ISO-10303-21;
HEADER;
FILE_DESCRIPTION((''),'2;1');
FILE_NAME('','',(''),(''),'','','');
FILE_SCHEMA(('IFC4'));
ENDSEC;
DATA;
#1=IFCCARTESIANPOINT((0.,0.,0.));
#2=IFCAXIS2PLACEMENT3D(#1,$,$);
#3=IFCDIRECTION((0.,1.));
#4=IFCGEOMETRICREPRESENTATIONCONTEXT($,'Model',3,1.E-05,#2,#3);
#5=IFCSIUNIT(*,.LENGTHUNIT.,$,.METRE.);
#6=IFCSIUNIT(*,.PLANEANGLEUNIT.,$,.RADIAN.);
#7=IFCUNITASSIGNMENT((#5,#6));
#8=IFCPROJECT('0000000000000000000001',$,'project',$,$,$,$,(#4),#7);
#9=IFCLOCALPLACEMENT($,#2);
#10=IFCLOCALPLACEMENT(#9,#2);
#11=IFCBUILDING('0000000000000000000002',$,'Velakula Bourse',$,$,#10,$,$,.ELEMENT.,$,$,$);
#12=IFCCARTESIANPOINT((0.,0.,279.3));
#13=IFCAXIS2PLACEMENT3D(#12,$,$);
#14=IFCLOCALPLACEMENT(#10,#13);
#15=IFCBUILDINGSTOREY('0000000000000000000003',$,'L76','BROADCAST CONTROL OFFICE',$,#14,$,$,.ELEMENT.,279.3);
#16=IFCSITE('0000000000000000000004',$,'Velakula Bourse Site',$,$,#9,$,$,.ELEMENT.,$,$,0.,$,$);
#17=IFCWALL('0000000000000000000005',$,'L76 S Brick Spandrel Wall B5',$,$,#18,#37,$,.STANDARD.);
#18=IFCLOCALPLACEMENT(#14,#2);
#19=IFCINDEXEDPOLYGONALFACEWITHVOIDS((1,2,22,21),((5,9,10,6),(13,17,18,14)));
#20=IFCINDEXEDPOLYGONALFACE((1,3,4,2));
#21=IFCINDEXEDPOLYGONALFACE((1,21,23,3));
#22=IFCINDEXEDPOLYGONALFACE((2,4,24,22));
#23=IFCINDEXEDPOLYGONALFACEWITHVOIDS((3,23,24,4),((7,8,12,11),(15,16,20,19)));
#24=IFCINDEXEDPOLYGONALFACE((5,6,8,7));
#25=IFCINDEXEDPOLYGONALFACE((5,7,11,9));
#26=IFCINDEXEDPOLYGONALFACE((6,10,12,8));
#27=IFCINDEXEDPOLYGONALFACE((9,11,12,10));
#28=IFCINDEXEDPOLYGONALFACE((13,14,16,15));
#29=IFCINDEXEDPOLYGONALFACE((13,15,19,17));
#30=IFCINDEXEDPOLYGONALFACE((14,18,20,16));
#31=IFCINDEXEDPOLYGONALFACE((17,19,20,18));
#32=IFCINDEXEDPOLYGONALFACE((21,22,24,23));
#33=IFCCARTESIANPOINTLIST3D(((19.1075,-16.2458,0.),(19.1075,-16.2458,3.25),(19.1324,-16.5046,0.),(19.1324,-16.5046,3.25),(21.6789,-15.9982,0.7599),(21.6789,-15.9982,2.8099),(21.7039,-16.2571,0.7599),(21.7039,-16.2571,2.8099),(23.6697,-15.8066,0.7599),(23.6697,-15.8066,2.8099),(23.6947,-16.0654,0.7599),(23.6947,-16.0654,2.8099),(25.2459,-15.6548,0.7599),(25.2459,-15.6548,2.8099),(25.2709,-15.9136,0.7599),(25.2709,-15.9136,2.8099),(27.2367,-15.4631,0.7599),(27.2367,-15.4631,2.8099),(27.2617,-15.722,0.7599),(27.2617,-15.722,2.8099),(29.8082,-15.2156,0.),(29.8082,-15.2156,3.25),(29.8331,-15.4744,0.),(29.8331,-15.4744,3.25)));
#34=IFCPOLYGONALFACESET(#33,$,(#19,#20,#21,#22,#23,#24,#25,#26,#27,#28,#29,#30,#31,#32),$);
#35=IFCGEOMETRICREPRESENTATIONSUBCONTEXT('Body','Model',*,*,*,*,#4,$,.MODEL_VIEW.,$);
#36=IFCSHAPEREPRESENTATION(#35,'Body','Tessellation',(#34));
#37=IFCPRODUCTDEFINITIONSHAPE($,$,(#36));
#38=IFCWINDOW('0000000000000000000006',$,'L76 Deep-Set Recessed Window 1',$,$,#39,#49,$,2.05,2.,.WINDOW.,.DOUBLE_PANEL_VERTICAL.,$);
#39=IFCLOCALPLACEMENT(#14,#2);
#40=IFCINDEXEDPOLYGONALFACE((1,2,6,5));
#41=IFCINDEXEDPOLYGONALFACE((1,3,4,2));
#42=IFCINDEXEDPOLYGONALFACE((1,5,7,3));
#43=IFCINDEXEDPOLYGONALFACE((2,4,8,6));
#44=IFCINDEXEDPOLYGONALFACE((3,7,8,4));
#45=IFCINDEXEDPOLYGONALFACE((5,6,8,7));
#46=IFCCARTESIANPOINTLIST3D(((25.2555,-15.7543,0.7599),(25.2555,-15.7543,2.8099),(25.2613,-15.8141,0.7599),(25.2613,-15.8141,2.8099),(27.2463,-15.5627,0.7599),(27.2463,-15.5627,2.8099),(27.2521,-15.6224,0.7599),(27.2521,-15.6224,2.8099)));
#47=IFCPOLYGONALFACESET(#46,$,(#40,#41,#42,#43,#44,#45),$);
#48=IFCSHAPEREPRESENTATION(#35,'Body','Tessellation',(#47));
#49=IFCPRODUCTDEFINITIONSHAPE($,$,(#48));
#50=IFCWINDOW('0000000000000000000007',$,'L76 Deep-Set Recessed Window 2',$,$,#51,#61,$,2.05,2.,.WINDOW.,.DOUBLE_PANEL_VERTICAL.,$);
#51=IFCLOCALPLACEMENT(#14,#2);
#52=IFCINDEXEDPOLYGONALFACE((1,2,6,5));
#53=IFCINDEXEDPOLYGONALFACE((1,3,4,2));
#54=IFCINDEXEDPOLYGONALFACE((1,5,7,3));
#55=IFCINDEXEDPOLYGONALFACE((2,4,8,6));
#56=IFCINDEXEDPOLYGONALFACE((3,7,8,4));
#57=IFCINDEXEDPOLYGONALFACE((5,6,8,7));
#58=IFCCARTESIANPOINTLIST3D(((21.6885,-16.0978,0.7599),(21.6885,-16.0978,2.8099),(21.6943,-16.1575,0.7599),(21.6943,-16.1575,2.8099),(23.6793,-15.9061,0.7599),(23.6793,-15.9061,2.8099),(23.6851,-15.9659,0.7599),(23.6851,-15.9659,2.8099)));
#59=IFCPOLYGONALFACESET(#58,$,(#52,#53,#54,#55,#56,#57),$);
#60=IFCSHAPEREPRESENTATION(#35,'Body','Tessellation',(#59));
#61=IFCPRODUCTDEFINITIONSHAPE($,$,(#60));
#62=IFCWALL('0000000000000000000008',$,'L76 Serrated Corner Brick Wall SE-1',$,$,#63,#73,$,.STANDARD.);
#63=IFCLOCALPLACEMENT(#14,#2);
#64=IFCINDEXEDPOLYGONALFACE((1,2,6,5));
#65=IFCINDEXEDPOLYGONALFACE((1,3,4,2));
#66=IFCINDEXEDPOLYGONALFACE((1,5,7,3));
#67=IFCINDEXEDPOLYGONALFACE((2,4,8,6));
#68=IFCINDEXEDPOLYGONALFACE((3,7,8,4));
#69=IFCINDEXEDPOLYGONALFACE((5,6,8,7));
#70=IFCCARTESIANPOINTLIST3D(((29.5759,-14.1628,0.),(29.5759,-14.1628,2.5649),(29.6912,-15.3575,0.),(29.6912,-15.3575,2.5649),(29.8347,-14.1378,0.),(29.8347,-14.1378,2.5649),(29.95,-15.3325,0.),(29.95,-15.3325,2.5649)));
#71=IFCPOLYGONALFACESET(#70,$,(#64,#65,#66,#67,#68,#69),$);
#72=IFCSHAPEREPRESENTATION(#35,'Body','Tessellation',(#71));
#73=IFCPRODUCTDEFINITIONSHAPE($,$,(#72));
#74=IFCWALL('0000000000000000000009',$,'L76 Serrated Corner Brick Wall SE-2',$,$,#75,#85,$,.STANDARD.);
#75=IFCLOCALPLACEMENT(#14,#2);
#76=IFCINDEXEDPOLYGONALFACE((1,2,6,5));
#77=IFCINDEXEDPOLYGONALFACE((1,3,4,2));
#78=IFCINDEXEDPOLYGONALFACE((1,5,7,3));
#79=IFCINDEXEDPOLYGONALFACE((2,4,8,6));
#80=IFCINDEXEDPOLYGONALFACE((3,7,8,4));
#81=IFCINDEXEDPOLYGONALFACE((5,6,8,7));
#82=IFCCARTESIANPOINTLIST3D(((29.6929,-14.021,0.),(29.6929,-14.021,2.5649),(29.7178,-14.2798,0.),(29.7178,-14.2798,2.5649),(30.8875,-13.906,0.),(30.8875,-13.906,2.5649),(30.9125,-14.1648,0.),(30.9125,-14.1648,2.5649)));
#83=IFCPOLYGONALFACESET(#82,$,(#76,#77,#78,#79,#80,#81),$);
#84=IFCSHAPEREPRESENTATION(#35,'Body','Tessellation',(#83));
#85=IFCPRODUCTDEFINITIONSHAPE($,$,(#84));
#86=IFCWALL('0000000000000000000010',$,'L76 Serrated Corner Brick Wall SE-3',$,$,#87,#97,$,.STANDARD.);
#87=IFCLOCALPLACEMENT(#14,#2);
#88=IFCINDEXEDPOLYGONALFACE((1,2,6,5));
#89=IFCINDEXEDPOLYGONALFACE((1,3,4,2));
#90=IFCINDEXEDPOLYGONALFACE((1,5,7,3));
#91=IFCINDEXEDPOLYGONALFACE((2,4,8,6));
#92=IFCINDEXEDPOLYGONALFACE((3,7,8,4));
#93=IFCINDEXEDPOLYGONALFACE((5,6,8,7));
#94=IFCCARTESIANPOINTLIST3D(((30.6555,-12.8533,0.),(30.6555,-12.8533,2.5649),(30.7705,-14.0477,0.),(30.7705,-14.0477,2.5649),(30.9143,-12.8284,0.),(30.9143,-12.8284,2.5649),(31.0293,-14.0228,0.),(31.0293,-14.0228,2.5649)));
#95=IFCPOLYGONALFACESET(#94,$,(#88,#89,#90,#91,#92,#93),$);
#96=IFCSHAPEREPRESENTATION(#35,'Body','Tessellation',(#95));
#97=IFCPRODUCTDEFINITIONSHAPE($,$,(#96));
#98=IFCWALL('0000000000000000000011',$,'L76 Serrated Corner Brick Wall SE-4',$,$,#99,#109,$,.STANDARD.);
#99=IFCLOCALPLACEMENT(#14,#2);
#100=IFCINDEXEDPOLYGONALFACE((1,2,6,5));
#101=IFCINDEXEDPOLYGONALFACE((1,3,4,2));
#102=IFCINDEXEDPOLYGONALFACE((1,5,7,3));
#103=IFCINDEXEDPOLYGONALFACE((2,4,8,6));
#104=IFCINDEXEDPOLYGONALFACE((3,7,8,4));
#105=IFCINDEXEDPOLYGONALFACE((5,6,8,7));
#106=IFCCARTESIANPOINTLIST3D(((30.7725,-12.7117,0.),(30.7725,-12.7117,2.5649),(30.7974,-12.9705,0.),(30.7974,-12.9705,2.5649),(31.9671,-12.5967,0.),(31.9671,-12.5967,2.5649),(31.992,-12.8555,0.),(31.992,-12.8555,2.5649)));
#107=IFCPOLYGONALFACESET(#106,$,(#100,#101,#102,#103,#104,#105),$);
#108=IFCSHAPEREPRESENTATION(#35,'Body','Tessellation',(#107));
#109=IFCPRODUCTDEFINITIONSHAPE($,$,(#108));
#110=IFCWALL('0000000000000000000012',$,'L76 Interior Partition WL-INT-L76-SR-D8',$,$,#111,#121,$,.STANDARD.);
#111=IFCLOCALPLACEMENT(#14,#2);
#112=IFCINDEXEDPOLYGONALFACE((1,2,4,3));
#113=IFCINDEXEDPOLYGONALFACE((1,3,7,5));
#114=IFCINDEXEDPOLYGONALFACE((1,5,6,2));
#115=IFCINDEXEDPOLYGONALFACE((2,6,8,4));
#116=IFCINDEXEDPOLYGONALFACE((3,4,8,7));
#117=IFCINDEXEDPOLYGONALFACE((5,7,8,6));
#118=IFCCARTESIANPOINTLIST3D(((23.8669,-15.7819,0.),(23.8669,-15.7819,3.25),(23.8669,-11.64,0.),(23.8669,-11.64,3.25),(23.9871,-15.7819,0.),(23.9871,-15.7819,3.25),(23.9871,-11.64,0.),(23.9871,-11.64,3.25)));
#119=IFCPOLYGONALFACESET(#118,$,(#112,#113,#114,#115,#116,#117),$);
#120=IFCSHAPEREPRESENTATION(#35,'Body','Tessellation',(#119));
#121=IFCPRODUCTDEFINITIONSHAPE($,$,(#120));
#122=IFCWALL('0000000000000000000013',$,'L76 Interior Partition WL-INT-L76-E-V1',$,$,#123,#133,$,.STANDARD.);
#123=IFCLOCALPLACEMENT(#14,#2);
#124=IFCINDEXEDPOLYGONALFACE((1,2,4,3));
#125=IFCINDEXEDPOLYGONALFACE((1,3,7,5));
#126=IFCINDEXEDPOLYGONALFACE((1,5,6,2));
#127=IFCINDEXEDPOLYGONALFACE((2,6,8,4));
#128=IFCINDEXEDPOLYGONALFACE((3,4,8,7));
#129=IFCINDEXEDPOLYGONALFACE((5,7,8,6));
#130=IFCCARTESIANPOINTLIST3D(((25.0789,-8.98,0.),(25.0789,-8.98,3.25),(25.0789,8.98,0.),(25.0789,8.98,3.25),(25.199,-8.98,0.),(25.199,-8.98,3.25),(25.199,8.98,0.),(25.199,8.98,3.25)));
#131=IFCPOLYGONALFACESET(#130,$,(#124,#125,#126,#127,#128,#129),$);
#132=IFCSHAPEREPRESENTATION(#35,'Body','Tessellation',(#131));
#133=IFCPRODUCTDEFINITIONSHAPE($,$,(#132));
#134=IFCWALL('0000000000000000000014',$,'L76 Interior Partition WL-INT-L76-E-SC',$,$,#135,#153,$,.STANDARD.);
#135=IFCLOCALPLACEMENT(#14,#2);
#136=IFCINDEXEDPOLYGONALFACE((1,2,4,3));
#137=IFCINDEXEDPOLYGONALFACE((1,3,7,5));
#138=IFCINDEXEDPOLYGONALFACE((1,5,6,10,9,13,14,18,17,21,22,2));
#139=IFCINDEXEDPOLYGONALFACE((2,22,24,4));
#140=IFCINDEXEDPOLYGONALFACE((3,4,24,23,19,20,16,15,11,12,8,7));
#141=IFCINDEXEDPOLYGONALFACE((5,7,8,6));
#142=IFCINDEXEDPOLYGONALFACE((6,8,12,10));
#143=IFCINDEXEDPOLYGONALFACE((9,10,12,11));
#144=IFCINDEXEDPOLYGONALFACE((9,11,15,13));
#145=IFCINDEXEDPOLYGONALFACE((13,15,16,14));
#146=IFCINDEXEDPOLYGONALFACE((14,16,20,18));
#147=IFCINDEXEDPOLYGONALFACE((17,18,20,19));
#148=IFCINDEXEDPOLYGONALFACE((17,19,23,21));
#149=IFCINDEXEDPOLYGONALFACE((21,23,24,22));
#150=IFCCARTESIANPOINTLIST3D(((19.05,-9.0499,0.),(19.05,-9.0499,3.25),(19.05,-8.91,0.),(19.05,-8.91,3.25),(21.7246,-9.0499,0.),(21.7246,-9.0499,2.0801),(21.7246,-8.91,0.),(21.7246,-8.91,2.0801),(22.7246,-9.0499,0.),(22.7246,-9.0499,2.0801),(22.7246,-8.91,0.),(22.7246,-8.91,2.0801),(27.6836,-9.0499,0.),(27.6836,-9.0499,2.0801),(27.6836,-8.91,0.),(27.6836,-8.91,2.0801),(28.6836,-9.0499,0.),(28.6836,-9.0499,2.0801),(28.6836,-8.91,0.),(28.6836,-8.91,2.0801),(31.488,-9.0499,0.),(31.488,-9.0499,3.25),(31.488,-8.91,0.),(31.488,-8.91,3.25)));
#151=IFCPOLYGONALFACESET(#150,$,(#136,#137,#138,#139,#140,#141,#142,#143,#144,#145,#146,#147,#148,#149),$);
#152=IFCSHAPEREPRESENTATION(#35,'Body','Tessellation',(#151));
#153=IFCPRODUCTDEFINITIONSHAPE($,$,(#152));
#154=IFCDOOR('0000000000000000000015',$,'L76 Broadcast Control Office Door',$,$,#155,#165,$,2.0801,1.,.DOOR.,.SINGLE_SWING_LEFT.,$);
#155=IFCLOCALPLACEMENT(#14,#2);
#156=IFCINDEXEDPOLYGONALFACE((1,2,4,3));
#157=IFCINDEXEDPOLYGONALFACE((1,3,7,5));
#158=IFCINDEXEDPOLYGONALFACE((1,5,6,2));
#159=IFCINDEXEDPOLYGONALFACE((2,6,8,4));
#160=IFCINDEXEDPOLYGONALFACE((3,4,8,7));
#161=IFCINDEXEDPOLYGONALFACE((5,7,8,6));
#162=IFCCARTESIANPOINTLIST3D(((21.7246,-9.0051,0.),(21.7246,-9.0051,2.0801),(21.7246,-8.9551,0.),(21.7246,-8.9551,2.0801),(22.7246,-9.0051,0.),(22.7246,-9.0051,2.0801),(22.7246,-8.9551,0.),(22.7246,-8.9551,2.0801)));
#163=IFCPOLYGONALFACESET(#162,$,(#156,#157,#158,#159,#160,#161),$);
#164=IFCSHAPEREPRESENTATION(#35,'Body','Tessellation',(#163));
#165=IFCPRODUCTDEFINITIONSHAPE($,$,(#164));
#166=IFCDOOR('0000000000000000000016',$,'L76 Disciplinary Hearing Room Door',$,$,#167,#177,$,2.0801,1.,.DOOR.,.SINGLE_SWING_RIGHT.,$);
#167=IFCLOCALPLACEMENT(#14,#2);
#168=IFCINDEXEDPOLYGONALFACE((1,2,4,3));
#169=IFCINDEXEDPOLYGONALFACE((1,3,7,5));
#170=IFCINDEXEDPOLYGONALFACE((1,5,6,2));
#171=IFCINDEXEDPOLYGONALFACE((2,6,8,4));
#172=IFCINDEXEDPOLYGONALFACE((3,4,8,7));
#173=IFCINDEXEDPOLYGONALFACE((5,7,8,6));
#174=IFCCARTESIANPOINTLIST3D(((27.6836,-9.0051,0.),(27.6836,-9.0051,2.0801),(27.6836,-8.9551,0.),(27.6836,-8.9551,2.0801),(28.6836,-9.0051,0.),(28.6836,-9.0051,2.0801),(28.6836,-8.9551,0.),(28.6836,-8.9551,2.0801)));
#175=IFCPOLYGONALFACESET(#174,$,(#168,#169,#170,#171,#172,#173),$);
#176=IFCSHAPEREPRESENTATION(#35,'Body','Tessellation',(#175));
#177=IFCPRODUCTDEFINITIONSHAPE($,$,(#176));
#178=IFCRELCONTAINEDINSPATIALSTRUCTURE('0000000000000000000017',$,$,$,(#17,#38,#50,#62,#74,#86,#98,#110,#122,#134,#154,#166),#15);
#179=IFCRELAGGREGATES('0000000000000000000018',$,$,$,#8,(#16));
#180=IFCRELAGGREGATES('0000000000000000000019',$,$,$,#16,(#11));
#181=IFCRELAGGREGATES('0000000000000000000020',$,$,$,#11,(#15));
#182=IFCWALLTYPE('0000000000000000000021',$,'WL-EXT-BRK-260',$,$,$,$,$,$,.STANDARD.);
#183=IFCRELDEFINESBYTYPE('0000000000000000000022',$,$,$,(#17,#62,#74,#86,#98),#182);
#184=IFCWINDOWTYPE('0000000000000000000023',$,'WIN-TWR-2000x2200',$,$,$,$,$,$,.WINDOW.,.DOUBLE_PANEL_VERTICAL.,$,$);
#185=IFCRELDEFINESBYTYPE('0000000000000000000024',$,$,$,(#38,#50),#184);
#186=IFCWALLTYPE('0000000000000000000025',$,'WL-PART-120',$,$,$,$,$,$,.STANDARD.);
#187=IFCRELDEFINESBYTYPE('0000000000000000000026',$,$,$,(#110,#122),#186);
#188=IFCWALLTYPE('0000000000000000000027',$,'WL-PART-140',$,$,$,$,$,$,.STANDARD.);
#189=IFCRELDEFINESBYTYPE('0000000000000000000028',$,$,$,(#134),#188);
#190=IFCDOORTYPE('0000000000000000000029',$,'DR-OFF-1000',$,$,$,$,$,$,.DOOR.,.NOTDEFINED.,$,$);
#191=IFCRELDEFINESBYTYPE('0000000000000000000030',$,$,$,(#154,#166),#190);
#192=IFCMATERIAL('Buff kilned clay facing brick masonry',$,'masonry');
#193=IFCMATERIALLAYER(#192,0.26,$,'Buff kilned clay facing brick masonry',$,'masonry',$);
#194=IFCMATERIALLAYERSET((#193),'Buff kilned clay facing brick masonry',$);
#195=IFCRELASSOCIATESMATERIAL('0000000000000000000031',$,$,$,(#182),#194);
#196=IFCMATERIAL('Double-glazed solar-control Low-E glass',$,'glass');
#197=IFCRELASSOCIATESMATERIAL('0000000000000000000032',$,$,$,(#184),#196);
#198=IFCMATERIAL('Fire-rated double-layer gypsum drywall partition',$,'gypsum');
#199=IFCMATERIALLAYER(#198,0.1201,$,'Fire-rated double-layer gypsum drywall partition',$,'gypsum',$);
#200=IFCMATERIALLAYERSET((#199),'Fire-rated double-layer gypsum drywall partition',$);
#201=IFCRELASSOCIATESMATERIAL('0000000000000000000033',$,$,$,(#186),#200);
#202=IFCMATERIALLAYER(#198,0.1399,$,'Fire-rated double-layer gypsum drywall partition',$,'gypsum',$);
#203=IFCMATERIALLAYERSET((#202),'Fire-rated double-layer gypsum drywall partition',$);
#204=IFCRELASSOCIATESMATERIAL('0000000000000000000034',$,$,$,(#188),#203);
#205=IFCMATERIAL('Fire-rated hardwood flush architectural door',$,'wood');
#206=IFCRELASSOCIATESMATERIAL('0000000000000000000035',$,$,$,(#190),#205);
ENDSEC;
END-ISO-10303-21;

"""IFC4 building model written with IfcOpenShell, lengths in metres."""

from ifc_helpers import new_model, si_unit, direction, frame, frame_2d, origin, place, context, subcontext, project, spatial, rectangle, extrude, material, layer, layer_set, type_object, element, fill, save


model = new_model("IFC4")

# Units and contexts
model_context = context("Model", 3, precision=1e-05, world=origin(), true_north=direction((0.0, 1.0)))
body_context = subcontext(model_context, "Body", "Model", "MODEL_VIEW")
ifc_project = project(units=[si_unit("LENGTHUNIT", "METRE"), si_unit("PLANEANGLEUNIT", "RADIAN")], contexts=[model_context])

# Site, building, storey
site_placement = place(None, origin())
site = spatial("IfcSite", under=ifc_project, at=site_placement, Name="Velakula Bourse Site", CompositionType="ELEMENT", RefElevation=0.0)
building_placement = place(site_placement, origin())
building = spatial("IfcBuilding", under=site, at=building_placement, Name="Velakula Bourse", CompositionType="ELEMENT")
storey_placement = place(building_placement, frame((0.0, 0.0, 279.3)))
storey = spatial("IfcBuildingStorey", under=building, at=storey_placement, Name="L76", Description="BROADCAST CONTROL OFFICE", CompositionType="ELEMENT", Elevation=279.3)

# Wall, openings, windows
ifc_material_1 = material(Name="Buff kilned clay facing brick masonry", Category="masonry")
ifc_layer_1 = layer(ifc_material_1, 0.26, Name="Buff kilned clay facing brick masonry", Category="masonry")
ifc_layer_set_1 = layer_set([ifc_layer_1], Name="Buff kilned clay facing brick masonry")
wall_type_1 = type_object("IfcWallType", Name="WL-EXT-BRK-260", PredefinedType="STANDARD", material=ifc_layer_set_1)
ifc_material_2 = material(Name="Double-glazed solar-control Low-E glass", Category="glass")
window_type = type_object("IfcWindowType", Name="WIN-TWR-2000x2200", PartitioningType="DOUBLE_PANEL_VERTICAL", PredefinedType="WINDOW", material=ifc_material_2)
wall_1_placement = place(storey_placement, frame((29.8206, -15.345, 0.0), z_axis=(0.0, 0.0, 1.0), x_axis=(-0.995397, -0.095838, 0.0)))
wall_1 = element("IfcWall", 1, at=wall_1_placement, inside=storey, type_object=wall_type_1, Name="L76 S Brick Spandrel Wall B5", PredefinedType="STANDARD", context=body_context, shape_type="SweptSolid", body=[
    extrude(rectangle(XDim=10.7502, YDim=0.26, at=frame_2d((5.375, 0.0))), origin(), (0.0, 0.0, 1.0), 3.25),
])
opening_1_placement = place(wall_1_placement, frame((2.5833, 0.0, 0.76)))
opening_1 = element("IfcOpeningElement", 2, at=opening_1_placement, cuts=wall_1, PredefinedType="OPENING", context=body_context, shape_type="SweptSolid", body=[
    extrude(rectangle(XDim=2.0, YDim=2.05, at=frame_2d((1.0, 1.0249))), frame((0.0, 0.1399, 0.0), z_axis=(0.0, -1.0, 0.0), x_axis=(1.0, 0.0, 0.0)), (0.0, 0.0, 1.0), 0.28),
])
opening_2_placement = place(wall_1_placement, frame((6.1667, 0.0, 0.76)))
opening_2 = element("IfcOpeningElement", 3, at=opening_2_placement, cuts=wall_1, PredefinedType="OPENING", context=body_context, shape_type="SweptSolid", body=[
    extrude(rectangle(XDim=2.0, YDim=2.05, at=frame_2d((1.0, 1.0249))), frame((0.0, 0.1399, 0.0), z_axis=(0.0, -1.0, 0.0), x_axis=(1.0, 0.0, 0.0)), (0.0, 0.0, 1.0), 0.28),
])
window_1_placement = place(opening_1_placement, origin())
window_1 = element("IfcWindow", 4, at=window_1_placement, inside=storey, type_object=window_type, Name="L76 Deep-Set Recessed Window 1", OverallHeight=2.05, OverallWidth=2.0, PartitioningType="DOUBLE_PANEL_VERTICAL", PredefinedType="WINDOW", context=body_context, shape_type="SweptSolid", body=[
    extrude(rectangle(XDim=2.0, YDim=2.05, at=frame_2d((1.0, 1.0249))), frame((0.0, 0.03, 0.0), z_axis=(0.0, -1.0, 0.0), x_axis=(1.0, 0.0, 0.0)), (0.0, 0.0, 1.0), 0.0601),
])
fill(opening_1, window_1)
window_2_placement = place(opening_2_placement, origin())
window_2 = element("IfcWindow", 5, at=window_2_placement, inside=storey, type_object=window_type, Name="L76 Deep-Set Recessed Window 2", OverallHeight=2.05, OverallWidth=2.0, PartitioningType="DOUBLE_PANEL_VERTICAL", PredefinedType="WINDOW", context=body_context, shape_type="SweptSolid", body=[
    extrude(rectangle(XDim=2.0, YDim=2.05, at=frame_2d((1.0, 1.0249))), frame((0.0, 0.03, 0.0), z_axis=(0.0, -1.0, 0.0), x_axis=(1.0, 0.0, 0.0)), (0.0, 0.0, 1.0), 0.0601),
])
fill(opening_2, window_2)

# Walls
for number, where, z_axis, x_axis, name in (
    (6, (29.8206, -15.345, 0.0), (0.0, 0.0, 1.0), (-0.096019, 0.99538, 0.0), "L76 Serrated Corner Brick Wall SE-1"),
    (7, (29.7053, -14.1504, 0.0), (0.0, 0.0, 1.0), (0.995399, 0.095817, 0.0), "L76 Serrated Corner Brick Wall SE-2"),
):
    element("IfcWall", number, at=place(storey_placement, frame(where, z_axis=z_axis, x_axis=x_axis)), inside=storey, type_object=wall_type_1, Name=name, PredefinedType="STANDARD", context=body_context, shape_type="SweptSolid", body=[
        extrude(rectangle(XDim=1.2002, YDim=0.26, at=frame_2d((0.6001, 0.0))), origin(), (0.0, 0.0, 1.0), 2.5649),
    ])
wall_2_placement = place(storey_placement, frame((30.8999, -14.0354, 0.0), z_axis=(0.0, 0.0, 1.0), x_axis=(-0.095836, 0.995397, 0.0)))
element("IfcWall", 8, at=wall_2_placement, inside=storey, type_object=wall_type_1, Name="L76 Serrated Corner Brick Wall SE-3", PredefinedType="STANDARD", context=body_context, shape_type="SweptSolid", body=[
    extrude(rectangle(XDim=1.2, YDim=0.26, at=frame_2d((0.6001, 0.0))), origin(), (0.0, 0.0, 1.0), 2.5649),
])
wall_3_placement = place(storey_placement, frame((30.7849, -12.8411, 0.0), z_axis=(0.0, 0.0, 1.0), x_axis=(0.995399, 0.095817, 0.0)))
element("IfcWall", 9, at=wall_3_placement, inside=storey, type_object=wall_type_1, Name="L76 Serrated Corner Brick Wall SE-4", PredefinedType="STANDARD", context=body_context, shape_type="SweptSolid", body=[
    extrude(rectangle(XDim=1.2002, YDim=0.26, at=frame_2d((0.6001, 0.0))), origin(), (0.0, 0.0, 1.0), 2.5649),
])
ifc_material_3 = material(Name="Fire-rated double-layer gypsum drywall partition", Category="gypsum")
ifc_layer_2 = layer(ifc_material_3, 0.1201, Name="Fire-rated double-layer gypsum drywall partition", Category="gypsum")
ifc_layer_set_2 = layer_set([ifc_layer_2], Name="Fire-rated double-layer gypsum drywall partition")
wall_type_2 = type_object("IfcWallType", Name="WL-PART-120", PredefinedType="STANDARD", material=ifc_layer_set_2)
wall_4_placement = place(storey_placement, frame((23.927, -15.7817, 0.0), z_axis=(0.0, 0.0, 1.0), x_axis=(0.0, 1.0, 0.0)))
element("IfcWall", 10, at=wall_4_placement, inside=storey, type_object=wall_type_2, Name="L76 Interior Partition WL-INT-L76-SR-D8", PredefinedType="STANDARD", context=body_context, shape_type="SweptSolid", body=[
    extrude(rectangle(XDim=4.1418, YDim=0.1201, at=frame_2d((2.0708, 0.0))), origin(), (0.0, 0.0, 1.0), 3.25),
])
wall_5_placement = place(storey_placement, frame((25.1389, -8.98, 0.0), z_axis=(0.0, 0.0, 1.0), x_axis=(0.0, 1.0, 0.0)))
element("IfcWall", 11, at=wall_5_placement, inside=storey, type_object=wall_type_2, Name="L76 Interior Partition WL-INT-L76-E-V1", PredefinedType="STANDARD", context=body_context, shape_type="SweptSolid", body=[
    extrude(rectangle(XDim=17.96, YDim=0.1201, at=frame_2d((8.98, 0.0))), origin(), (0.0, 0.0, 1.0), 3.25),
])

# Wall, openings, doors
ifc_layer_3 = layer(ifc_material_3, 0.1399, Name="Fire-rated double-layer gypsum drywall partition", Category="gypsum")
ifc_layer_set_3 = layer_set([ifc_layer_3], Name="Fire-rated double-layer gypsum drywall partition")
wall_type_3 = type_object("IfcWallType", Name="WL-PART-140", PredefinedType="STANDARD", material=ifc_layer_set_3)
wall_6_placement = place(storey_placement, frame((19.05, -8.98, 0.0), z_axis=(0.0, 0.0, 1.0), x_axis=(1.0, 0.0, 0.0)))
wall_6 = element("IfcWall", 12, at=wall_6_placement, inside=storey, type_object=wall_type_3, Name="L76 Interior Partition WL-INT-L76-E-SC", PredefinedType="STANDARD", context=body_context, shape_type="SweptSolid", body=[
    extrude(rectangle(XDim=12.438, YDim=0.1399, at=frame_2d((6.219, 0.0))), origin(), (0.0, 0.0, 1.0), 3.25),
])
opening_3_placement = place(wall_6_placement, frame((2.6746, 0.0, 0.0)))
opening_3 = element("IfcOpeningElement", 13, at=opening_3_placement, cuts=wall_6, PredefinedType="OPENING", context=body_context, shape_type="SweptSolid", body=[
    extrude(rectangle(XDim=1.0, YDim=2.0801, at=frame_2d((0.5, 1.04))), frame((0.0, 0.0798, 0.0), z_axis=(0.0, -1.0, 0.0), x_axis=(1.0, 0.0, 0.0)), (0.0, 0.0, 1.0), 0.1599),
])
opening_4_placement = place(wall_6_placement, frame((8.6335, 0.0, 0.0)))
opening_4 = element("IfcOpeningElement", 14, at=opening_4_placement, cuts=wall_6, PredefinedType="OPENING", context=body_context, shape_type="SweptSolid", body=[
    extrude(rectangle(XDim=1.0, YDim=2.0801, at=frame_2d((0.5, 1.04))), frame((0.0, 0.0798, 0.0), z_axis=(0.0, -1.0, 0.0), x_axis=(1.0, 0.0, 0.0)), (0.0, 0.0, 1.0), 0.1599),
])
ifc_material_4 = material(Name="Fire-rated hardwood flush architectural door", Category="wood")
door_type = type_object("IfcDoorType", Name="DR-OFF-1000", OperationType="NOTDEFINED", PredefinedType="DOOR", material=ifc_material_4)
door_1_placement = place(opening_3_placement, origin())
door_1 = element("IfcDoor", 15, at=door_1_placement, inside=storey, type_object=door_type, Name="L76 Broadcast Control Office Door", OperationType="SINGLE_SWING_LEFT", OverallHeight=2.0801, OverallWidth=1.0, PredefinedType="DOOR", context=body_context, shape_type="SweptSolid", body=[
    extrude(rectangle(XDim=1.0, YDim=2.0801, at=frame_2d((0.5, 1.04))), frame((0.0, 0.0249, 0.0), z_axis=(0.0, -1.0, 0.0), x_axis=(1.0, 0.0, 0.0)), (0.0, 0.0, 1.0), 0.05),
])
fill(opening_3, door_1)
door_2_placement = place(opening_4_placement, origin())
door_2 = element("IfcDoor", 16, at=door_2_placement, inside=storey, type_object=door_type, Name="L76 Disciplinary Hearing Room Door", OperationType="SINGLE_SWING_RIGHT", OverallHeight=2.0801, OverallWidth=1.0, PredefinedType="DOOR", context=body_context, shape_type="SweptSolid", body=[
    extrude(rectangle(XDim=1.0, YDim=2.0801, at=frame_2d((0.5, 1.04))), frame((0.0, 0.0249, 0.0), z_axis=(0.0, -1.0, 0.0), x_axis=(1.0, 0.0, 0.0)), (0.0, 0.0, 1.0), 0.05),
])
fill(opening_4, door_2)

save(model, "model.ifc")
